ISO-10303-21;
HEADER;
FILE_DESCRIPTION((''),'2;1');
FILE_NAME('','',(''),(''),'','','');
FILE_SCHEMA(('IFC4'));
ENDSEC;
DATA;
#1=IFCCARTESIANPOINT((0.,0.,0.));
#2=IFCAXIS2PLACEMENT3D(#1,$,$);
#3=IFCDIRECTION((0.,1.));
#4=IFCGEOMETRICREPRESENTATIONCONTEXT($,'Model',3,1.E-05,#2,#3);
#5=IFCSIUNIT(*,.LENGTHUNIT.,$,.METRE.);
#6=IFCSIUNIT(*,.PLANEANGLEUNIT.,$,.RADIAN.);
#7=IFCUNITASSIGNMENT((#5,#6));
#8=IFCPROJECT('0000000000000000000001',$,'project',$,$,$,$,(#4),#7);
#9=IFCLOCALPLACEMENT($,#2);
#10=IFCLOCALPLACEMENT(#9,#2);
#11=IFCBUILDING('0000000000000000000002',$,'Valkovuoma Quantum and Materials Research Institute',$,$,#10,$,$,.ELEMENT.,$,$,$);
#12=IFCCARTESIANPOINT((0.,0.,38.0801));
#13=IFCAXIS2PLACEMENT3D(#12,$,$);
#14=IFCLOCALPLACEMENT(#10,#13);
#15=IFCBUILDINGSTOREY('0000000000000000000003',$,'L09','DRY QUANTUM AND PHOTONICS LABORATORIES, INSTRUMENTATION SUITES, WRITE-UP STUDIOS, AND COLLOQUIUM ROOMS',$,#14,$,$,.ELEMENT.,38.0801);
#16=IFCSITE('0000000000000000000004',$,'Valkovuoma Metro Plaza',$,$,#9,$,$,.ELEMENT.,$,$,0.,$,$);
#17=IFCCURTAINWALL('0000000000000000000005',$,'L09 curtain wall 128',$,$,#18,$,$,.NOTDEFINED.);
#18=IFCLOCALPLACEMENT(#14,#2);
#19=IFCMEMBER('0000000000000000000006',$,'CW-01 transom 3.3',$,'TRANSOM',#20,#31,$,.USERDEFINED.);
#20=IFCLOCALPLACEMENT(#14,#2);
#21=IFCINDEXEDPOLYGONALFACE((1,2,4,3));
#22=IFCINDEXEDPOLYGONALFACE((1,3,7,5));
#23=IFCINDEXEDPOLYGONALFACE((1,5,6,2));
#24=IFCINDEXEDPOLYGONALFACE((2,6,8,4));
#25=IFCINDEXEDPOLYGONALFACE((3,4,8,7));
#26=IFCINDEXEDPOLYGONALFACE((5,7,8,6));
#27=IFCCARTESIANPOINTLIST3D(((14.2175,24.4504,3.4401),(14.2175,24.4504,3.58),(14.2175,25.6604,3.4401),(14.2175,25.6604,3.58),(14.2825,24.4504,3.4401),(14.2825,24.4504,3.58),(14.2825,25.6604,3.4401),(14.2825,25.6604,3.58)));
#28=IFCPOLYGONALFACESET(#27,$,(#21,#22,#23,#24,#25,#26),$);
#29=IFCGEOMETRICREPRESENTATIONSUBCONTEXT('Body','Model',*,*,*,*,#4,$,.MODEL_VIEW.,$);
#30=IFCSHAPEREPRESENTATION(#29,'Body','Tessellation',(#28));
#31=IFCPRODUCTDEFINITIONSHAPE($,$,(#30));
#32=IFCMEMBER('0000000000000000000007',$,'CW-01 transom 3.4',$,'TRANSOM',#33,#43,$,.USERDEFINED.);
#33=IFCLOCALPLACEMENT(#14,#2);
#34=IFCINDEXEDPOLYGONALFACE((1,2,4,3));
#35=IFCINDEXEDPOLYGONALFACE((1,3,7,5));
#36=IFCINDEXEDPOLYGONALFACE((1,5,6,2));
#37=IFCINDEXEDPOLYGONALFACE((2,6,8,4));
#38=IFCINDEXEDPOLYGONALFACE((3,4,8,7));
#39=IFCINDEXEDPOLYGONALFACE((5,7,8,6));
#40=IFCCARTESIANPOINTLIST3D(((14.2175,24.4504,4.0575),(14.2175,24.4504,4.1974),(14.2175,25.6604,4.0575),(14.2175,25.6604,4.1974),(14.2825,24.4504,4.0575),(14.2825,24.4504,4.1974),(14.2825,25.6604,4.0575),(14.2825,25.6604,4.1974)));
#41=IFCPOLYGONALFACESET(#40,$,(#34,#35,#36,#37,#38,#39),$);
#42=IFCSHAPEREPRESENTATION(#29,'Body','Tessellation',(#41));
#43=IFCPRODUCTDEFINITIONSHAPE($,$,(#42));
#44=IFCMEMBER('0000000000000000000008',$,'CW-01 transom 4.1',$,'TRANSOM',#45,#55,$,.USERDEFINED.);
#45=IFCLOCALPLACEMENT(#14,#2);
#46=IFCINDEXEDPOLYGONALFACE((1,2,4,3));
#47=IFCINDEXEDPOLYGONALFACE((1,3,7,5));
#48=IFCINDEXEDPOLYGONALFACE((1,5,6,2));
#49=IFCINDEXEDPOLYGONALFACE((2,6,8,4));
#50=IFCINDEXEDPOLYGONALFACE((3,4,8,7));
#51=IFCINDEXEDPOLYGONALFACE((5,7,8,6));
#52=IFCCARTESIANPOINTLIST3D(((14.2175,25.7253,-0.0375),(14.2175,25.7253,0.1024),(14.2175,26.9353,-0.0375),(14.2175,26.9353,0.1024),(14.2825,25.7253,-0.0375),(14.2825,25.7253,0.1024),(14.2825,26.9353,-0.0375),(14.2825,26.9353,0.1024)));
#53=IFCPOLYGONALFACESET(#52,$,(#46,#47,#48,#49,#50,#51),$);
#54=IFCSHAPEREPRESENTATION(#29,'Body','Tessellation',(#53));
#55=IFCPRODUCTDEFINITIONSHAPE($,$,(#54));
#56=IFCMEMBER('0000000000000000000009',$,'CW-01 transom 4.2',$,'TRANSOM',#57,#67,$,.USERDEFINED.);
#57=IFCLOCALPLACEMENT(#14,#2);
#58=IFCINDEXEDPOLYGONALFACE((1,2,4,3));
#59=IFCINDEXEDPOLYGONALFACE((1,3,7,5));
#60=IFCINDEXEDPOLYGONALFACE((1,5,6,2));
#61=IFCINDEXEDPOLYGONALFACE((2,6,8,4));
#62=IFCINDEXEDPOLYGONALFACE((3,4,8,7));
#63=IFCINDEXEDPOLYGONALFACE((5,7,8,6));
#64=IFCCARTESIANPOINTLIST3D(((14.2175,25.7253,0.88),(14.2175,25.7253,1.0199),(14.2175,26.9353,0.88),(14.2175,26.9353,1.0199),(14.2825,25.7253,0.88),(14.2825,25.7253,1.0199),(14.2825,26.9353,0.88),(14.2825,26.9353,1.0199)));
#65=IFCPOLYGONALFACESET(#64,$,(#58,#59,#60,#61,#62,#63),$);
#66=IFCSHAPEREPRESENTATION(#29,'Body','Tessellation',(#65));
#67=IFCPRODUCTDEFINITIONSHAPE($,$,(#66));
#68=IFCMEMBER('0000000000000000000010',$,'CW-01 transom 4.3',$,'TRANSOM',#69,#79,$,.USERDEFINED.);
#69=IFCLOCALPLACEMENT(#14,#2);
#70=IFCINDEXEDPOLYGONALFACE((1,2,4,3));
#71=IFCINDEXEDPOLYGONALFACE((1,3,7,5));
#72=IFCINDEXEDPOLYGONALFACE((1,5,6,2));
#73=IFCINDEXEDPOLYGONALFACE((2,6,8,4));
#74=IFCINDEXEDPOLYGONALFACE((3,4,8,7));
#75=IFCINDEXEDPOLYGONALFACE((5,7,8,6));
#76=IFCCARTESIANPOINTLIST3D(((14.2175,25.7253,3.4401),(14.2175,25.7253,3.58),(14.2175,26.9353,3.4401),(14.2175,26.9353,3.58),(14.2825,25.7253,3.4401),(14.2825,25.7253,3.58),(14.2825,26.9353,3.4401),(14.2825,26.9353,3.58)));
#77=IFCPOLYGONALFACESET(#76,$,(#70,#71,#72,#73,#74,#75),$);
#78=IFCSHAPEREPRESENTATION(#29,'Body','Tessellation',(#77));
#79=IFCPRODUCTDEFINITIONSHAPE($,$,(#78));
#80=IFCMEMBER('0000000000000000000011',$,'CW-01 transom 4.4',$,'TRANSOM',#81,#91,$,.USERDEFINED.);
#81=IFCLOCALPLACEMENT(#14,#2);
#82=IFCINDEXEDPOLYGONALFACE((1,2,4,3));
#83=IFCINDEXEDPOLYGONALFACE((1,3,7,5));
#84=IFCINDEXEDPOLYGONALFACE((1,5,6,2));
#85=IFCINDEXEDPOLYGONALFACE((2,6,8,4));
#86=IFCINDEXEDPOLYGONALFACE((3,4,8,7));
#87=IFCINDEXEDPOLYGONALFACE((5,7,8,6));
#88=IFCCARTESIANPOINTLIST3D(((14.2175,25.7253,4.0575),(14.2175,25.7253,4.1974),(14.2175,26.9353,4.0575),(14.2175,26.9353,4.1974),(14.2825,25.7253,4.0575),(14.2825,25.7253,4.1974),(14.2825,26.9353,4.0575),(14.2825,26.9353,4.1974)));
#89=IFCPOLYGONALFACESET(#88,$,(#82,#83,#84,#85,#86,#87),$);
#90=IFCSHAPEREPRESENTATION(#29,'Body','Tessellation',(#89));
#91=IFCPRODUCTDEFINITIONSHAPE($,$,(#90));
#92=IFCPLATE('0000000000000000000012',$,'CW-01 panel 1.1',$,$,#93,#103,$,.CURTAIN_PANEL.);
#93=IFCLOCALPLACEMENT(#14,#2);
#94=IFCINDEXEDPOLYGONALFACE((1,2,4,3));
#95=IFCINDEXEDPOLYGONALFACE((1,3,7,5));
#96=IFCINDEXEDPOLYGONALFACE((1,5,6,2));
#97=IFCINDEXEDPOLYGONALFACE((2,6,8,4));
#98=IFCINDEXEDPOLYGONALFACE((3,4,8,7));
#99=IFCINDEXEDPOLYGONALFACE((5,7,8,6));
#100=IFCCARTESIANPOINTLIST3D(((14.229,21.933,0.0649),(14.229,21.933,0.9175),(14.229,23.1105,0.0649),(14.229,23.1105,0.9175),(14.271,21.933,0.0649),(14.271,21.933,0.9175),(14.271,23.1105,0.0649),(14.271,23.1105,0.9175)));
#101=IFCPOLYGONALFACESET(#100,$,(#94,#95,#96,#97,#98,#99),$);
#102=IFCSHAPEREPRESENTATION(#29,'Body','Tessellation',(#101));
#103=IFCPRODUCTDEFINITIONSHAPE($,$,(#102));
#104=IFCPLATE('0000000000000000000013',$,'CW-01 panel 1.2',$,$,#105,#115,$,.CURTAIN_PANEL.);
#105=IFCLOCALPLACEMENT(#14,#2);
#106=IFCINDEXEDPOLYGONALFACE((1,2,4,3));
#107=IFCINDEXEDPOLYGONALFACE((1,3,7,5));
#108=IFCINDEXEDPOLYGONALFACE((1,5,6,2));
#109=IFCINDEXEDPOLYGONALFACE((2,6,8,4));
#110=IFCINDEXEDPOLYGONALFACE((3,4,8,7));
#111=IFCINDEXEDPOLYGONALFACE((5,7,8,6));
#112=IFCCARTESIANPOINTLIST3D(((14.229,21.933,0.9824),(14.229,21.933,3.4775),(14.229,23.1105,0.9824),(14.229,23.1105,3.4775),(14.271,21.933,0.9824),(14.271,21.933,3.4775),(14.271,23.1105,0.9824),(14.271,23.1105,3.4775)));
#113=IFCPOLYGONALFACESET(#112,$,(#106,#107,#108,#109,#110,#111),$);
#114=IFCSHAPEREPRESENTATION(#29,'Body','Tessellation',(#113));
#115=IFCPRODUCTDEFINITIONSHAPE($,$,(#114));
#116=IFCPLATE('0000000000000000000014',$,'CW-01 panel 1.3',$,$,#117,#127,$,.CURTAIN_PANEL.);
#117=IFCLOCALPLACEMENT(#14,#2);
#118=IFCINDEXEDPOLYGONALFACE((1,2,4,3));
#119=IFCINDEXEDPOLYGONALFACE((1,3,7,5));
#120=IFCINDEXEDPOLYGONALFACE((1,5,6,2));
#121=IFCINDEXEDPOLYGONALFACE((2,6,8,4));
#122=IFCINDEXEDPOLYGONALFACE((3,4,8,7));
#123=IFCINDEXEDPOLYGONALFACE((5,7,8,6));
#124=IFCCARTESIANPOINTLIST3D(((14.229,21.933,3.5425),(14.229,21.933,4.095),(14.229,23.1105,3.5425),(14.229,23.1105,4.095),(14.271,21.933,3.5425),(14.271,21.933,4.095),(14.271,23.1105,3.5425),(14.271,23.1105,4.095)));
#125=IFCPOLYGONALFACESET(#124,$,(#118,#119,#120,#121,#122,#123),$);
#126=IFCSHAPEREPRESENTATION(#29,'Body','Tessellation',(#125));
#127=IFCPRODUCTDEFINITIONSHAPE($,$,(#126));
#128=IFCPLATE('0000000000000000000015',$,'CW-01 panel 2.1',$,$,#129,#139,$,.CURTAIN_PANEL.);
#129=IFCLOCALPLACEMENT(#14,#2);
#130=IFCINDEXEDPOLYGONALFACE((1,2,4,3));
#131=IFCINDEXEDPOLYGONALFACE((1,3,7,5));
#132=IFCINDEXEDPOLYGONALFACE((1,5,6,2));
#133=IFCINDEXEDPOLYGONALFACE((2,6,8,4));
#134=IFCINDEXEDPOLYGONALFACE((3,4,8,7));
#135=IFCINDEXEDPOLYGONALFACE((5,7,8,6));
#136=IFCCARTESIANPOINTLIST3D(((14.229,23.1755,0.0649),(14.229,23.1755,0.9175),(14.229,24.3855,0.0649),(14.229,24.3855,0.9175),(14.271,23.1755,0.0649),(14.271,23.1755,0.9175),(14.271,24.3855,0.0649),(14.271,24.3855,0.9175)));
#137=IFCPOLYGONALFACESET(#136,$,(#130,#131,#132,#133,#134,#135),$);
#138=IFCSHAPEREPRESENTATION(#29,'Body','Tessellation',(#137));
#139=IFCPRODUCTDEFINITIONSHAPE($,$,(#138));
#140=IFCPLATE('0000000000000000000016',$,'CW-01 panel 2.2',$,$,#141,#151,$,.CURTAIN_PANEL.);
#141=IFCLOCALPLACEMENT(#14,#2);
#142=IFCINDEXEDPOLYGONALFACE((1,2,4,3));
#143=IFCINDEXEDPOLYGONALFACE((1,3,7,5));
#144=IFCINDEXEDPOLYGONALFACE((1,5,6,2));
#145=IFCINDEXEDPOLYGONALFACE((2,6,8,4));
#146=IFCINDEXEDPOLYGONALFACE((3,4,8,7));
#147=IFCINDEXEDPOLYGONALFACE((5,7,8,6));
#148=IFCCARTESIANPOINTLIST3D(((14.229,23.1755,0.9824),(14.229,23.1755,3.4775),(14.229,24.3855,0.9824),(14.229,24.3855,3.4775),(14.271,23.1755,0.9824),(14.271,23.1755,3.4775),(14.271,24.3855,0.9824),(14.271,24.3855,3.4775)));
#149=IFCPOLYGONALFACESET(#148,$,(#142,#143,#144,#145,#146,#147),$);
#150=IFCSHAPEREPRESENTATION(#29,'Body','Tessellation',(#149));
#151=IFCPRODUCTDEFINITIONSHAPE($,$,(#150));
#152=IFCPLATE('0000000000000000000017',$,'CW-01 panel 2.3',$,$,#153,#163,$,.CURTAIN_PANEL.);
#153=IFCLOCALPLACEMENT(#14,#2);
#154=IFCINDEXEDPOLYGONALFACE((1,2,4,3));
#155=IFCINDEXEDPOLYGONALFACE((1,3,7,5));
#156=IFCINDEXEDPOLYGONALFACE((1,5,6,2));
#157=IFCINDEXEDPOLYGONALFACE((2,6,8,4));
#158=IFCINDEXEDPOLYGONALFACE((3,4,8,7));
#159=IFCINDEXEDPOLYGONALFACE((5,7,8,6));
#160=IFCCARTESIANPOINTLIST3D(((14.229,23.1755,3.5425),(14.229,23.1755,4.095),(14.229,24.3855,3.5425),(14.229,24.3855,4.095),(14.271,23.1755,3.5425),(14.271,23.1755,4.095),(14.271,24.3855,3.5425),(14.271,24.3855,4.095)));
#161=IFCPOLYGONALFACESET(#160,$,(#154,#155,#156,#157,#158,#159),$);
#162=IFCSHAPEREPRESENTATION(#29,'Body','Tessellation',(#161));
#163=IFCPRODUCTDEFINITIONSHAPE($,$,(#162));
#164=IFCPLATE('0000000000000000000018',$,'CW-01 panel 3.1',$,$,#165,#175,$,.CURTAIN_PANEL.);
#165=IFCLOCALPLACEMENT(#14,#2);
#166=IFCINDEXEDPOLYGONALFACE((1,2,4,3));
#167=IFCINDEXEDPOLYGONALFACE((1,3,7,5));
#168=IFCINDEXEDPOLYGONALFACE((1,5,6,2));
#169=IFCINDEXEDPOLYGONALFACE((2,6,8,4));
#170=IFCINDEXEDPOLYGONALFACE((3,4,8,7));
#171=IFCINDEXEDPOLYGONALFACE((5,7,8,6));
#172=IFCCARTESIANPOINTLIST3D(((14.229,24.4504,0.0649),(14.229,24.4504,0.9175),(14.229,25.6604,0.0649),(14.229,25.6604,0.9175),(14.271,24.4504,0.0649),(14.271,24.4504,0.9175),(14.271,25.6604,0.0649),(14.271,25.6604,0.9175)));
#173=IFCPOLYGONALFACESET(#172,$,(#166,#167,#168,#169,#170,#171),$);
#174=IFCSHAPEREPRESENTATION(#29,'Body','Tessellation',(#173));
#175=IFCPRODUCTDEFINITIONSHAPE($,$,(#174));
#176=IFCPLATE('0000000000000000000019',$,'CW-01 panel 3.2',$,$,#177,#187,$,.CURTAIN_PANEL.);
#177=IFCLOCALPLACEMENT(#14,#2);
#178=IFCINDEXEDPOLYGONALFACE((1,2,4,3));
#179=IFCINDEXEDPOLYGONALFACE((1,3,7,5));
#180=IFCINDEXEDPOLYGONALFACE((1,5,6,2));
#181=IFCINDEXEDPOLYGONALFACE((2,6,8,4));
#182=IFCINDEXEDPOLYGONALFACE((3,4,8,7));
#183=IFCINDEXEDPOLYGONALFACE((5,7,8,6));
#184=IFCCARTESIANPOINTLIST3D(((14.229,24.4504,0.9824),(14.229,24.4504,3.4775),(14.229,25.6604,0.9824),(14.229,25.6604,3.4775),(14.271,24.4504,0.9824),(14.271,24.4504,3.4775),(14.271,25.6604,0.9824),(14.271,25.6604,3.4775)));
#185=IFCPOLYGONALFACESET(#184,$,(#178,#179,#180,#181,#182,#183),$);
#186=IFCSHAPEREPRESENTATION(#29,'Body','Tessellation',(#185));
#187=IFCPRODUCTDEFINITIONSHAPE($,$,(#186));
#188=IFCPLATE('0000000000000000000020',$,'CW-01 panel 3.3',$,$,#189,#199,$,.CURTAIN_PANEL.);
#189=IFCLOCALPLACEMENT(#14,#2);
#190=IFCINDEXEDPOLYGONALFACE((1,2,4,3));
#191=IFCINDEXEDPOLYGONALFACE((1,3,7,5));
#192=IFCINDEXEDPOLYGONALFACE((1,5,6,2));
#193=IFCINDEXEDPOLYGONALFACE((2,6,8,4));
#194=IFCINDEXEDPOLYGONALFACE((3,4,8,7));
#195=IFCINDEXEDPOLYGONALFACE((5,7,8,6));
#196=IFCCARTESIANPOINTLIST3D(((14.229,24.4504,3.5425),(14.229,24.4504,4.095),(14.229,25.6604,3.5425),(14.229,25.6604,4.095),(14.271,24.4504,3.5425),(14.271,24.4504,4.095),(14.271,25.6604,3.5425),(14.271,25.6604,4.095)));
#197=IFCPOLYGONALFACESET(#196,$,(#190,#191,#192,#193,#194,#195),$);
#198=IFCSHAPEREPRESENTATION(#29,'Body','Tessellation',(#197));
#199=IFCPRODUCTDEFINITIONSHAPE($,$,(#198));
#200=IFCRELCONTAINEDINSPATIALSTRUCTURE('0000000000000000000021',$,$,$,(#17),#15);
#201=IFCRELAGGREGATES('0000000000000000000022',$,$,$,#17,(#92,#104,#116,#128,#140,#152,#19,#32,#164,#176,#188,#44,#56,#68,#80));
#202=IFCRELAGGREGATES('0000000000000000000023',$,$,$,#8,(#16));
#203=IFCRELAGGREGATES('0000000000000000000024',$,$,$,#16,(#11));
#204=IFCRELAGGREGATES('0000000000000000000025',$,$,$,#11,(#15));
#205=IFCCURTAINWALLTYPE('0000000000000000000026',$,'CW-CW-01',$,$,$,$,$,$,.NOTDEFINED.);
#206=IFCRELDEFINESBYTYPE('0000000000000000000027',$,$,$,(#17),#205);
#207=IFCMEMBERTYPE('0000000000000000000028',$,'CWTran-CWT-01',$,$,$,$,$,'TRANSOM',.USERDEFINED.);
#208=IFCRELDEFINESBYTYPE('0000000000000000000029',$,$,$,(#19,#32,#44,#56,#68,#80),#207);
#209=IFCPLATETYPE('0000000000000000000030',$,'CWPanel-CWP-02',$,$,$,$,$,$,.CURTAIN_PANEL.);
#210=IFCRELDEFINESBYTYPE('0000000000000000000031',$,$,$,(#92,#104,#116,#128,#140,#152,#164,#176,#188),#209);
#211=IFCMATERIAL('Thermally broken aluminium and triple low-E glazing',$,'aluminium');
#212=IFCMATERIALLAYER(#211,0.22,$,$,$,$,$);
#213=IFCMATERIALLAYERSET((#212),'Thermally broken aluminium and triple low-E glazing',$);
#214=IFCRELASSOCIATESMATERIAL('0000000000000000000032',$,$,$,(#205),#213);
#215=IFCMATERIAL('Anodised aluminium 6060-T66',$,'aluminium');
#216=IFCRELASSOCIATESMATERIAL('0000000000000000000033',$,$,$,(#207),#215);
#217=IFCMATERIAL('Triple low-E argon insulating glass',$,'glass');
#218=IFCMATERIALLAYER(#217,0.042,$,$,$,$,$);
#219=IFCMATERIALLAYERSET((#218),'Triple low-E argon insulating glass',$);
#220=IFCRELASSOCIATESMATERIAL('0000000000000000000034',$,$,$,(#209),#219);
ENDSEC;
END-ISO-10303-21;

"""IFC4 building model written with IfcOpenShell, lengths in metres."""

from ifc_helpers import new_model, si_unit, direction, frame, origin, origin_2d, place, context, subcontext, project, spatial, rectangle, extrude, material, layer, layer_set, material_profile, profile_set, type_object, element, aggregate, save


model = new_model("IFC4")

# Units and contexts
model_context = context("Model", 3, precision=1e-05, world=origin(), true_north=direction((0.0, 1.0)))
body_context = subcontext(model_context, "Body", "Model", "MODEL_VIEW")
ifc_project = project(units=[si_unit("LENGTHUNIT", "METRE"), si_unit("PLANEANGLEUNIT", "RADIAN")], contexts=[model_context])

# Site, building, storey
site_placement = place(None, origin())
site = spatial("IfcSite", under=ifc_project, at=site_placement, Name="Valkovuoma Metro Plaza", CompositionType="ELEMENT", RefElevation=0.0)
building_placement = place(site_placement, origin())
building = spatial("IfcBuilding", under=site, at=building_placement, Name="Valkovuoma Quantum and Materials Research Institute", CompositionType="ELEMENT")
storey_placement = place(building_placement, frame((0.0, 0.0, 38.0801)))
storey = spatial("IfcBuildingStorey", under=building, at=storey_placement, Name="L09", Description="DRY QUANTUM AND PHOTONICS LABORATORIES, INSTRUMENTATION SUITES, WRITE-UP STUDIOS, AND COLLOQUIUM ROOMS", CompositionType="ELEMENT", Elevation=38.0801)

# Curtain wall, members, plates
ifc_material_1 = material(Name="Thermally broken aluminium and triple low-E glazing", Category="aluminium")
ifc_layer_1 = layer(ifc_material_1, 0.22)
ifc_layer_set_1 = layer_set([ifc_layer_1], Name="Thermally broken aluminium and triple low-E glazing")
curtain_wall_type = type_object("IfcCurtainWallType", Name="CW-CW-01", PredefinedType="NOTDEFINED", material=ifc_layer_set_1)
curtain_wall_placement = place(storey_placement, origin())
curtain_wall = element("IfcCurtainWall", 1, at=curtain_wall_placement, inside=storey, type_object=curtain_wall_type, Name="L09 curtain wall 128", PredefinedType="NOTDEFINED")
ifc_material_2 = material(Name="Anodised aluminium 6060-T66", Category="aluminium")
ifc_material_profile_1 = material_profile(ifc_material_2, rectangle(XDim=0.0649, YDim=0.1399, at=origin_2d()), Name="Anodised aluminium 6060-T66")
ifc_profile_set_1 = profile_set([ifc_material_profile_1], Name="Anodised aluminium 6060-T66")
member_type_1 = type_object("IfcMemberType", Name="CWTran-CWT-01", ElementType="TRANSOM", PredefinedType="USERDEFINED", material=ifc_profile_set_1)
member_1_placement = place(storey_placement, frame((14.25, 24.4504, 3.51), z_axis=(0.0, 1.0, 0.0), x_axis=(-1.0, 0.0, 0.0)))
member_1 = element("IfcMember", 2, at=member_1_placement, type_object=member_type_1, Name="CW-01 transom 3.3", ObjectType="TRANSOM", PredefinedType="USERDEFINED", context=body_context, shape_type="SweptSolid", body=[
    extrude(rectangle(XDim=0.0649, YDim=0.1399, at=origin_2d()), origin(), (0.0, 0.0, 1.0), 1.21),
])
member_2_placement = place(storey_placement, frame((14.25, 24.4504, 4.1274), z_axis=(0.0, 1.0, 0.0), x_axis=(-1.0, 0.0, 0.0)))
member_2 = element("IfcMember", 3, at=member_2_placement, type_object=member_type_1, Name="CW-01 transom 3.4", ObjectType="TRANSOM", PredefinedType="USERDEFINED", context=body_context, shape_type="SweptSolid", body=[
    extrude(rectangle(XDim=0.0649, YDim=0.1399, at=origin_2d()), origin(), (0.0, 0.0, 1.0), 1.21),
])
member_3_placement = place(storey_placement, frame((14.25, 25.7253, 0.0325), z_axis=(0.0, 1.0, 0.0), x_axis=(-1.0, 0.0, 0.0)))
member_3 = element("IfcMember", 4, at=member_3_placement, type_object=member_type_1, Name="CW-01 transom 4.1", ObjectType="TRANSOM", PredefinedType="USERDEFINED", context=body_context, shape_type="SweptSolid", body=[
    extrude(rectangle(XDim=0.0649, YDim=0.1399, at=origin_2d()), origin(), (0.0, 0.0, 1.0), 1.21),
])
member_4_placement = place(storey_placement, frame((14.25, 25.7253, 0.95), z_axis=(0.0, 1.0, 0.0), x_axis=(-1.0, 0.0, 0.0)))
member_4 = element("IfcMember", 5, at=member_4_placement, type_object=member_type_1, Name="CW-01 transom 4.2", ObjectType="TRANSOM", PredefinedType="USERDEFINED", context=body_context, shape_type="SweptSolid", body=[
    extrude(rectangle(XDim=0.0649, YDim=0.1399, at=origin_2d()), origin(), (0.0, 0.0, 1.0), 1.21),
])
member_5_placement = place(storey_placement, frame((14.25, 25.7253, 3.51), z_axis=(0.0, 1.0, 0.0), x_axis=(-1.0, 0.0, 0.0)))
member_5 = element("IfcMember", 6, at=member_5_placement, type_object=member_type_1, Name="CW-01 transom 4.3", ObjectType="TRANSOM", PredefinedType="USERDEFINED", context=body_context, shape_type="SweptSolid", body=[
    extrude(rectangle(XDim=0.0649, YDim=0.1399, at=origin_2d()), origin(), (0.0, 0.0, 1.0), 1.21),
])
member_6_placement = place(storey_placement, frame((14.25, 25.7253, 4.1274), z_axis=(0.0, 1.0, 0.0), x_axis=(-1.0, 0.0, 0.0)))
member_6 = element("IfcMember", 7, at=member_6_placement, type_object=member_type_1, Name="CW-01 transom 4.4", ObjectType="TRANSOM", PredefinedType="USERDEFINED", context=body_context, shape_type="SweptSolid", body=[
    extrude(rectangle(XDim=0.0649, YDim=0.1399, at=origin_2d()), origin(), (0.0, 0.0, 1.0), 1.21),
])
ifc_material_3 = material(Name="Triple low-E argon insulating glass", Category="glass")
ifc_layer_2 = layer(ifc_material_3, 0.042)
ifc_layer_set_2 = layer_set([ifc_layer_2], Name="Triple low-E argon insulating glass")
plate_type = type_object("IfcPlateType", Name="CWPanel-CWP-02", PredefinedType="CURTAIN_PANEL", material=ifc_layer_set_2)
plate_1_placement = place(storey_placement, frame((14.25, 22.5217, 0.0649), z_axis=(0.0, 0.0, 1.0), x_axis=(0.0, 1.0, 0.0)))
plate_1 = element("IfcPlate", 8, at=plate_1_placement, type_object=plate_type, Name="CW-01 panel 1.1", PredefinedType="CURTAIN_PANEL", context=body_context, shape_type="SweptSolid", body=[
    extrude(rectangle(XDim=1.1775, YDim=0.042, at=origin_2d()), origin(), (0.0, 0.0, 1.0), 0.8525),
])
plate_2_placement = place(storey_placement, frame((14.25, 22.5217, 0.9824), z_axis=(0.0, 0.0, 1.0), x_axis=(0.0, 1.0, 0.0)))
plate_2 = element("IfcPlate", 9, at=plate_2_placement, type_object=plate_type, Name="CW-01 panel 1.2", PredefinedType="CURTAIN_PANEL", context=body_context, shape_type="SweptSolid", body=[
    extrude(rectangle(XDim=1.1775, YDim=0.042, at=origin_2d()), origin(), (0.0, 0.0, 1.0), 2.4951),
])
plate_3_placement = place(storey_placement, frame((14.25, 22.5217, 3.5425), z_axis=(0.0, 0.0, 1.0), x_axis=(0.0, 1.0, 0.0)))
plate_3 = element("IfcPlate", 10, at=plate_3_placement, type_object=plate_type, Name="CW-01 panel 1.3", PredefinedType="CURTAIN_PANEL", context=body_context, shape_type="SweptSolid", body=[
    extrude(rectangle(XDim=1.1775, YDim=0.042, at=origin_2d()), origin(), (0.0, 0.0, 1.0), 0.5525),
])
plate_4_placement = place(storey_placement, frame((14.25, 23.7805, 0.0649), z_axis=(0.0, 0.0, 1.0), x_axis=(0.0, 1.0, 0.0)))
plate_4 = element("IfcPlate", 11, at=plate_4_placement, type_object=plate_type, Name="CW-01 panel 2.1", PredefinedType="CURTAIN_PANEL", context=body_context, shape_type="SweptSolid", body=[
    extrude(rectangle(XDim=1.21, YDim=0.042, at=origin_2d()), origin(), (0.0, 0.0, 1.0), 0.8525),
])
plate_5_placement = place(storey_placement, frame((14.25, 23.7805, 0.9824), z_axis=(0.0, 0.0, 1.0), x_axis=(0.0, 1.0, 0.0)))
plate_5 = element("IfcPlate", 12, at=plate_5_placement, type_object=plate_type, Name="CW-01 panel 2.2", PredefinedType="CURTAIN_PANEL", context=body_context, shape_type="SweptSolid", body=[
    extrude(rectangle(XDim=1.21, YDim=0.042, at=origin_2d()), origin(), (0.0, 0.0, 1.0), 2.4951),
])
plate_6_placement = place(storey_placement, frame((14.25, 23.7805, 3.5425), z_axis=(0.0, 0.0, 1.0), x_axis=(0.0, 1.0, 0.0)))
plate_6 = element("IfcPlate", 13, at=plate_6_placement, type_object=plate_type, Name="CW-01 panel 2.3", PredefinedType="CURTAIN_PANEL", context=body_context, shape_type="SweptSolid", body=[
    extrude(rectangle(XDim=1.21, YDim=0.042, at=origin_2d()), origin(), (0.0, 0.0, 1.0), 0.5525),
])
plate_7_placement = place(storey_placement, frame((14.25, 25.0554, 0.0649), z_axis=(0.0, 0.0, 1.0), x_axis=(0.0, 1.0, 0.0)))
plate_7 = element("IfcPlate", 14, at=plate_7_placement, type_object=plate_type, Name="CW-01 panel 3.1", PredefinedType="CURTAIN_PANEL", context=body_context, shape_type="SweptSolid", body=[
    extrude(rectangle(XDim=1.21, YDim=0.042, at=origin_2d()), origin(), (0.0, 0.0, 1.0), 0.8525),
])
plate_8_placement = place(storey_placement, frame((14.25, 25.0554, 0.9824), z_axis=(0.0, 0.0, 1.0), x_axis=(0.0, 1.0, 0.0)))
plate_8 = element("IfcPlate", 15, at=plate_8_placement, type_object=plate_type, Name="CW-01 panel 3.2", PredefinedType="CURTAIN_PANEL", context=body_context, shape_type="SweptSolid", body=[
    extrude(rectangle(XDim=1.21, YDim=0.042, at=origin_2d()), origin(), (0.0, 0.0, 1.0), 2.4951),
])
plate_9_placement = place(storey_placement, frame((14.25, 25.0554, 3.5425), z_axis=(0.0, 0.0, 1.0), x_axis=(0.0, 1.0, 0.0)))
plate_9 = element("IfcPlate", 16, at=plate_9_placement, type_object=plate_type, Name="CW-01 panel 3.3", PredefinedType="CURTAIN_PANEL", context=body_context, shape_type="SweptSolid", body=[
    extrude(rectangle(XDim=1.21, YDim=0.042, at=origin_2d()), origin(), (0.0, 0.0, 1.0), 0.5525),
])
aggregate(curtain_wall, [plate_1, plate_2, plate_3, plate_4, plate_5, plate_6, member_1, member_2, plate_7, plate_8, plate_9, member_3, member_4, member_5, member_6])

save(model, "model.ifc")
